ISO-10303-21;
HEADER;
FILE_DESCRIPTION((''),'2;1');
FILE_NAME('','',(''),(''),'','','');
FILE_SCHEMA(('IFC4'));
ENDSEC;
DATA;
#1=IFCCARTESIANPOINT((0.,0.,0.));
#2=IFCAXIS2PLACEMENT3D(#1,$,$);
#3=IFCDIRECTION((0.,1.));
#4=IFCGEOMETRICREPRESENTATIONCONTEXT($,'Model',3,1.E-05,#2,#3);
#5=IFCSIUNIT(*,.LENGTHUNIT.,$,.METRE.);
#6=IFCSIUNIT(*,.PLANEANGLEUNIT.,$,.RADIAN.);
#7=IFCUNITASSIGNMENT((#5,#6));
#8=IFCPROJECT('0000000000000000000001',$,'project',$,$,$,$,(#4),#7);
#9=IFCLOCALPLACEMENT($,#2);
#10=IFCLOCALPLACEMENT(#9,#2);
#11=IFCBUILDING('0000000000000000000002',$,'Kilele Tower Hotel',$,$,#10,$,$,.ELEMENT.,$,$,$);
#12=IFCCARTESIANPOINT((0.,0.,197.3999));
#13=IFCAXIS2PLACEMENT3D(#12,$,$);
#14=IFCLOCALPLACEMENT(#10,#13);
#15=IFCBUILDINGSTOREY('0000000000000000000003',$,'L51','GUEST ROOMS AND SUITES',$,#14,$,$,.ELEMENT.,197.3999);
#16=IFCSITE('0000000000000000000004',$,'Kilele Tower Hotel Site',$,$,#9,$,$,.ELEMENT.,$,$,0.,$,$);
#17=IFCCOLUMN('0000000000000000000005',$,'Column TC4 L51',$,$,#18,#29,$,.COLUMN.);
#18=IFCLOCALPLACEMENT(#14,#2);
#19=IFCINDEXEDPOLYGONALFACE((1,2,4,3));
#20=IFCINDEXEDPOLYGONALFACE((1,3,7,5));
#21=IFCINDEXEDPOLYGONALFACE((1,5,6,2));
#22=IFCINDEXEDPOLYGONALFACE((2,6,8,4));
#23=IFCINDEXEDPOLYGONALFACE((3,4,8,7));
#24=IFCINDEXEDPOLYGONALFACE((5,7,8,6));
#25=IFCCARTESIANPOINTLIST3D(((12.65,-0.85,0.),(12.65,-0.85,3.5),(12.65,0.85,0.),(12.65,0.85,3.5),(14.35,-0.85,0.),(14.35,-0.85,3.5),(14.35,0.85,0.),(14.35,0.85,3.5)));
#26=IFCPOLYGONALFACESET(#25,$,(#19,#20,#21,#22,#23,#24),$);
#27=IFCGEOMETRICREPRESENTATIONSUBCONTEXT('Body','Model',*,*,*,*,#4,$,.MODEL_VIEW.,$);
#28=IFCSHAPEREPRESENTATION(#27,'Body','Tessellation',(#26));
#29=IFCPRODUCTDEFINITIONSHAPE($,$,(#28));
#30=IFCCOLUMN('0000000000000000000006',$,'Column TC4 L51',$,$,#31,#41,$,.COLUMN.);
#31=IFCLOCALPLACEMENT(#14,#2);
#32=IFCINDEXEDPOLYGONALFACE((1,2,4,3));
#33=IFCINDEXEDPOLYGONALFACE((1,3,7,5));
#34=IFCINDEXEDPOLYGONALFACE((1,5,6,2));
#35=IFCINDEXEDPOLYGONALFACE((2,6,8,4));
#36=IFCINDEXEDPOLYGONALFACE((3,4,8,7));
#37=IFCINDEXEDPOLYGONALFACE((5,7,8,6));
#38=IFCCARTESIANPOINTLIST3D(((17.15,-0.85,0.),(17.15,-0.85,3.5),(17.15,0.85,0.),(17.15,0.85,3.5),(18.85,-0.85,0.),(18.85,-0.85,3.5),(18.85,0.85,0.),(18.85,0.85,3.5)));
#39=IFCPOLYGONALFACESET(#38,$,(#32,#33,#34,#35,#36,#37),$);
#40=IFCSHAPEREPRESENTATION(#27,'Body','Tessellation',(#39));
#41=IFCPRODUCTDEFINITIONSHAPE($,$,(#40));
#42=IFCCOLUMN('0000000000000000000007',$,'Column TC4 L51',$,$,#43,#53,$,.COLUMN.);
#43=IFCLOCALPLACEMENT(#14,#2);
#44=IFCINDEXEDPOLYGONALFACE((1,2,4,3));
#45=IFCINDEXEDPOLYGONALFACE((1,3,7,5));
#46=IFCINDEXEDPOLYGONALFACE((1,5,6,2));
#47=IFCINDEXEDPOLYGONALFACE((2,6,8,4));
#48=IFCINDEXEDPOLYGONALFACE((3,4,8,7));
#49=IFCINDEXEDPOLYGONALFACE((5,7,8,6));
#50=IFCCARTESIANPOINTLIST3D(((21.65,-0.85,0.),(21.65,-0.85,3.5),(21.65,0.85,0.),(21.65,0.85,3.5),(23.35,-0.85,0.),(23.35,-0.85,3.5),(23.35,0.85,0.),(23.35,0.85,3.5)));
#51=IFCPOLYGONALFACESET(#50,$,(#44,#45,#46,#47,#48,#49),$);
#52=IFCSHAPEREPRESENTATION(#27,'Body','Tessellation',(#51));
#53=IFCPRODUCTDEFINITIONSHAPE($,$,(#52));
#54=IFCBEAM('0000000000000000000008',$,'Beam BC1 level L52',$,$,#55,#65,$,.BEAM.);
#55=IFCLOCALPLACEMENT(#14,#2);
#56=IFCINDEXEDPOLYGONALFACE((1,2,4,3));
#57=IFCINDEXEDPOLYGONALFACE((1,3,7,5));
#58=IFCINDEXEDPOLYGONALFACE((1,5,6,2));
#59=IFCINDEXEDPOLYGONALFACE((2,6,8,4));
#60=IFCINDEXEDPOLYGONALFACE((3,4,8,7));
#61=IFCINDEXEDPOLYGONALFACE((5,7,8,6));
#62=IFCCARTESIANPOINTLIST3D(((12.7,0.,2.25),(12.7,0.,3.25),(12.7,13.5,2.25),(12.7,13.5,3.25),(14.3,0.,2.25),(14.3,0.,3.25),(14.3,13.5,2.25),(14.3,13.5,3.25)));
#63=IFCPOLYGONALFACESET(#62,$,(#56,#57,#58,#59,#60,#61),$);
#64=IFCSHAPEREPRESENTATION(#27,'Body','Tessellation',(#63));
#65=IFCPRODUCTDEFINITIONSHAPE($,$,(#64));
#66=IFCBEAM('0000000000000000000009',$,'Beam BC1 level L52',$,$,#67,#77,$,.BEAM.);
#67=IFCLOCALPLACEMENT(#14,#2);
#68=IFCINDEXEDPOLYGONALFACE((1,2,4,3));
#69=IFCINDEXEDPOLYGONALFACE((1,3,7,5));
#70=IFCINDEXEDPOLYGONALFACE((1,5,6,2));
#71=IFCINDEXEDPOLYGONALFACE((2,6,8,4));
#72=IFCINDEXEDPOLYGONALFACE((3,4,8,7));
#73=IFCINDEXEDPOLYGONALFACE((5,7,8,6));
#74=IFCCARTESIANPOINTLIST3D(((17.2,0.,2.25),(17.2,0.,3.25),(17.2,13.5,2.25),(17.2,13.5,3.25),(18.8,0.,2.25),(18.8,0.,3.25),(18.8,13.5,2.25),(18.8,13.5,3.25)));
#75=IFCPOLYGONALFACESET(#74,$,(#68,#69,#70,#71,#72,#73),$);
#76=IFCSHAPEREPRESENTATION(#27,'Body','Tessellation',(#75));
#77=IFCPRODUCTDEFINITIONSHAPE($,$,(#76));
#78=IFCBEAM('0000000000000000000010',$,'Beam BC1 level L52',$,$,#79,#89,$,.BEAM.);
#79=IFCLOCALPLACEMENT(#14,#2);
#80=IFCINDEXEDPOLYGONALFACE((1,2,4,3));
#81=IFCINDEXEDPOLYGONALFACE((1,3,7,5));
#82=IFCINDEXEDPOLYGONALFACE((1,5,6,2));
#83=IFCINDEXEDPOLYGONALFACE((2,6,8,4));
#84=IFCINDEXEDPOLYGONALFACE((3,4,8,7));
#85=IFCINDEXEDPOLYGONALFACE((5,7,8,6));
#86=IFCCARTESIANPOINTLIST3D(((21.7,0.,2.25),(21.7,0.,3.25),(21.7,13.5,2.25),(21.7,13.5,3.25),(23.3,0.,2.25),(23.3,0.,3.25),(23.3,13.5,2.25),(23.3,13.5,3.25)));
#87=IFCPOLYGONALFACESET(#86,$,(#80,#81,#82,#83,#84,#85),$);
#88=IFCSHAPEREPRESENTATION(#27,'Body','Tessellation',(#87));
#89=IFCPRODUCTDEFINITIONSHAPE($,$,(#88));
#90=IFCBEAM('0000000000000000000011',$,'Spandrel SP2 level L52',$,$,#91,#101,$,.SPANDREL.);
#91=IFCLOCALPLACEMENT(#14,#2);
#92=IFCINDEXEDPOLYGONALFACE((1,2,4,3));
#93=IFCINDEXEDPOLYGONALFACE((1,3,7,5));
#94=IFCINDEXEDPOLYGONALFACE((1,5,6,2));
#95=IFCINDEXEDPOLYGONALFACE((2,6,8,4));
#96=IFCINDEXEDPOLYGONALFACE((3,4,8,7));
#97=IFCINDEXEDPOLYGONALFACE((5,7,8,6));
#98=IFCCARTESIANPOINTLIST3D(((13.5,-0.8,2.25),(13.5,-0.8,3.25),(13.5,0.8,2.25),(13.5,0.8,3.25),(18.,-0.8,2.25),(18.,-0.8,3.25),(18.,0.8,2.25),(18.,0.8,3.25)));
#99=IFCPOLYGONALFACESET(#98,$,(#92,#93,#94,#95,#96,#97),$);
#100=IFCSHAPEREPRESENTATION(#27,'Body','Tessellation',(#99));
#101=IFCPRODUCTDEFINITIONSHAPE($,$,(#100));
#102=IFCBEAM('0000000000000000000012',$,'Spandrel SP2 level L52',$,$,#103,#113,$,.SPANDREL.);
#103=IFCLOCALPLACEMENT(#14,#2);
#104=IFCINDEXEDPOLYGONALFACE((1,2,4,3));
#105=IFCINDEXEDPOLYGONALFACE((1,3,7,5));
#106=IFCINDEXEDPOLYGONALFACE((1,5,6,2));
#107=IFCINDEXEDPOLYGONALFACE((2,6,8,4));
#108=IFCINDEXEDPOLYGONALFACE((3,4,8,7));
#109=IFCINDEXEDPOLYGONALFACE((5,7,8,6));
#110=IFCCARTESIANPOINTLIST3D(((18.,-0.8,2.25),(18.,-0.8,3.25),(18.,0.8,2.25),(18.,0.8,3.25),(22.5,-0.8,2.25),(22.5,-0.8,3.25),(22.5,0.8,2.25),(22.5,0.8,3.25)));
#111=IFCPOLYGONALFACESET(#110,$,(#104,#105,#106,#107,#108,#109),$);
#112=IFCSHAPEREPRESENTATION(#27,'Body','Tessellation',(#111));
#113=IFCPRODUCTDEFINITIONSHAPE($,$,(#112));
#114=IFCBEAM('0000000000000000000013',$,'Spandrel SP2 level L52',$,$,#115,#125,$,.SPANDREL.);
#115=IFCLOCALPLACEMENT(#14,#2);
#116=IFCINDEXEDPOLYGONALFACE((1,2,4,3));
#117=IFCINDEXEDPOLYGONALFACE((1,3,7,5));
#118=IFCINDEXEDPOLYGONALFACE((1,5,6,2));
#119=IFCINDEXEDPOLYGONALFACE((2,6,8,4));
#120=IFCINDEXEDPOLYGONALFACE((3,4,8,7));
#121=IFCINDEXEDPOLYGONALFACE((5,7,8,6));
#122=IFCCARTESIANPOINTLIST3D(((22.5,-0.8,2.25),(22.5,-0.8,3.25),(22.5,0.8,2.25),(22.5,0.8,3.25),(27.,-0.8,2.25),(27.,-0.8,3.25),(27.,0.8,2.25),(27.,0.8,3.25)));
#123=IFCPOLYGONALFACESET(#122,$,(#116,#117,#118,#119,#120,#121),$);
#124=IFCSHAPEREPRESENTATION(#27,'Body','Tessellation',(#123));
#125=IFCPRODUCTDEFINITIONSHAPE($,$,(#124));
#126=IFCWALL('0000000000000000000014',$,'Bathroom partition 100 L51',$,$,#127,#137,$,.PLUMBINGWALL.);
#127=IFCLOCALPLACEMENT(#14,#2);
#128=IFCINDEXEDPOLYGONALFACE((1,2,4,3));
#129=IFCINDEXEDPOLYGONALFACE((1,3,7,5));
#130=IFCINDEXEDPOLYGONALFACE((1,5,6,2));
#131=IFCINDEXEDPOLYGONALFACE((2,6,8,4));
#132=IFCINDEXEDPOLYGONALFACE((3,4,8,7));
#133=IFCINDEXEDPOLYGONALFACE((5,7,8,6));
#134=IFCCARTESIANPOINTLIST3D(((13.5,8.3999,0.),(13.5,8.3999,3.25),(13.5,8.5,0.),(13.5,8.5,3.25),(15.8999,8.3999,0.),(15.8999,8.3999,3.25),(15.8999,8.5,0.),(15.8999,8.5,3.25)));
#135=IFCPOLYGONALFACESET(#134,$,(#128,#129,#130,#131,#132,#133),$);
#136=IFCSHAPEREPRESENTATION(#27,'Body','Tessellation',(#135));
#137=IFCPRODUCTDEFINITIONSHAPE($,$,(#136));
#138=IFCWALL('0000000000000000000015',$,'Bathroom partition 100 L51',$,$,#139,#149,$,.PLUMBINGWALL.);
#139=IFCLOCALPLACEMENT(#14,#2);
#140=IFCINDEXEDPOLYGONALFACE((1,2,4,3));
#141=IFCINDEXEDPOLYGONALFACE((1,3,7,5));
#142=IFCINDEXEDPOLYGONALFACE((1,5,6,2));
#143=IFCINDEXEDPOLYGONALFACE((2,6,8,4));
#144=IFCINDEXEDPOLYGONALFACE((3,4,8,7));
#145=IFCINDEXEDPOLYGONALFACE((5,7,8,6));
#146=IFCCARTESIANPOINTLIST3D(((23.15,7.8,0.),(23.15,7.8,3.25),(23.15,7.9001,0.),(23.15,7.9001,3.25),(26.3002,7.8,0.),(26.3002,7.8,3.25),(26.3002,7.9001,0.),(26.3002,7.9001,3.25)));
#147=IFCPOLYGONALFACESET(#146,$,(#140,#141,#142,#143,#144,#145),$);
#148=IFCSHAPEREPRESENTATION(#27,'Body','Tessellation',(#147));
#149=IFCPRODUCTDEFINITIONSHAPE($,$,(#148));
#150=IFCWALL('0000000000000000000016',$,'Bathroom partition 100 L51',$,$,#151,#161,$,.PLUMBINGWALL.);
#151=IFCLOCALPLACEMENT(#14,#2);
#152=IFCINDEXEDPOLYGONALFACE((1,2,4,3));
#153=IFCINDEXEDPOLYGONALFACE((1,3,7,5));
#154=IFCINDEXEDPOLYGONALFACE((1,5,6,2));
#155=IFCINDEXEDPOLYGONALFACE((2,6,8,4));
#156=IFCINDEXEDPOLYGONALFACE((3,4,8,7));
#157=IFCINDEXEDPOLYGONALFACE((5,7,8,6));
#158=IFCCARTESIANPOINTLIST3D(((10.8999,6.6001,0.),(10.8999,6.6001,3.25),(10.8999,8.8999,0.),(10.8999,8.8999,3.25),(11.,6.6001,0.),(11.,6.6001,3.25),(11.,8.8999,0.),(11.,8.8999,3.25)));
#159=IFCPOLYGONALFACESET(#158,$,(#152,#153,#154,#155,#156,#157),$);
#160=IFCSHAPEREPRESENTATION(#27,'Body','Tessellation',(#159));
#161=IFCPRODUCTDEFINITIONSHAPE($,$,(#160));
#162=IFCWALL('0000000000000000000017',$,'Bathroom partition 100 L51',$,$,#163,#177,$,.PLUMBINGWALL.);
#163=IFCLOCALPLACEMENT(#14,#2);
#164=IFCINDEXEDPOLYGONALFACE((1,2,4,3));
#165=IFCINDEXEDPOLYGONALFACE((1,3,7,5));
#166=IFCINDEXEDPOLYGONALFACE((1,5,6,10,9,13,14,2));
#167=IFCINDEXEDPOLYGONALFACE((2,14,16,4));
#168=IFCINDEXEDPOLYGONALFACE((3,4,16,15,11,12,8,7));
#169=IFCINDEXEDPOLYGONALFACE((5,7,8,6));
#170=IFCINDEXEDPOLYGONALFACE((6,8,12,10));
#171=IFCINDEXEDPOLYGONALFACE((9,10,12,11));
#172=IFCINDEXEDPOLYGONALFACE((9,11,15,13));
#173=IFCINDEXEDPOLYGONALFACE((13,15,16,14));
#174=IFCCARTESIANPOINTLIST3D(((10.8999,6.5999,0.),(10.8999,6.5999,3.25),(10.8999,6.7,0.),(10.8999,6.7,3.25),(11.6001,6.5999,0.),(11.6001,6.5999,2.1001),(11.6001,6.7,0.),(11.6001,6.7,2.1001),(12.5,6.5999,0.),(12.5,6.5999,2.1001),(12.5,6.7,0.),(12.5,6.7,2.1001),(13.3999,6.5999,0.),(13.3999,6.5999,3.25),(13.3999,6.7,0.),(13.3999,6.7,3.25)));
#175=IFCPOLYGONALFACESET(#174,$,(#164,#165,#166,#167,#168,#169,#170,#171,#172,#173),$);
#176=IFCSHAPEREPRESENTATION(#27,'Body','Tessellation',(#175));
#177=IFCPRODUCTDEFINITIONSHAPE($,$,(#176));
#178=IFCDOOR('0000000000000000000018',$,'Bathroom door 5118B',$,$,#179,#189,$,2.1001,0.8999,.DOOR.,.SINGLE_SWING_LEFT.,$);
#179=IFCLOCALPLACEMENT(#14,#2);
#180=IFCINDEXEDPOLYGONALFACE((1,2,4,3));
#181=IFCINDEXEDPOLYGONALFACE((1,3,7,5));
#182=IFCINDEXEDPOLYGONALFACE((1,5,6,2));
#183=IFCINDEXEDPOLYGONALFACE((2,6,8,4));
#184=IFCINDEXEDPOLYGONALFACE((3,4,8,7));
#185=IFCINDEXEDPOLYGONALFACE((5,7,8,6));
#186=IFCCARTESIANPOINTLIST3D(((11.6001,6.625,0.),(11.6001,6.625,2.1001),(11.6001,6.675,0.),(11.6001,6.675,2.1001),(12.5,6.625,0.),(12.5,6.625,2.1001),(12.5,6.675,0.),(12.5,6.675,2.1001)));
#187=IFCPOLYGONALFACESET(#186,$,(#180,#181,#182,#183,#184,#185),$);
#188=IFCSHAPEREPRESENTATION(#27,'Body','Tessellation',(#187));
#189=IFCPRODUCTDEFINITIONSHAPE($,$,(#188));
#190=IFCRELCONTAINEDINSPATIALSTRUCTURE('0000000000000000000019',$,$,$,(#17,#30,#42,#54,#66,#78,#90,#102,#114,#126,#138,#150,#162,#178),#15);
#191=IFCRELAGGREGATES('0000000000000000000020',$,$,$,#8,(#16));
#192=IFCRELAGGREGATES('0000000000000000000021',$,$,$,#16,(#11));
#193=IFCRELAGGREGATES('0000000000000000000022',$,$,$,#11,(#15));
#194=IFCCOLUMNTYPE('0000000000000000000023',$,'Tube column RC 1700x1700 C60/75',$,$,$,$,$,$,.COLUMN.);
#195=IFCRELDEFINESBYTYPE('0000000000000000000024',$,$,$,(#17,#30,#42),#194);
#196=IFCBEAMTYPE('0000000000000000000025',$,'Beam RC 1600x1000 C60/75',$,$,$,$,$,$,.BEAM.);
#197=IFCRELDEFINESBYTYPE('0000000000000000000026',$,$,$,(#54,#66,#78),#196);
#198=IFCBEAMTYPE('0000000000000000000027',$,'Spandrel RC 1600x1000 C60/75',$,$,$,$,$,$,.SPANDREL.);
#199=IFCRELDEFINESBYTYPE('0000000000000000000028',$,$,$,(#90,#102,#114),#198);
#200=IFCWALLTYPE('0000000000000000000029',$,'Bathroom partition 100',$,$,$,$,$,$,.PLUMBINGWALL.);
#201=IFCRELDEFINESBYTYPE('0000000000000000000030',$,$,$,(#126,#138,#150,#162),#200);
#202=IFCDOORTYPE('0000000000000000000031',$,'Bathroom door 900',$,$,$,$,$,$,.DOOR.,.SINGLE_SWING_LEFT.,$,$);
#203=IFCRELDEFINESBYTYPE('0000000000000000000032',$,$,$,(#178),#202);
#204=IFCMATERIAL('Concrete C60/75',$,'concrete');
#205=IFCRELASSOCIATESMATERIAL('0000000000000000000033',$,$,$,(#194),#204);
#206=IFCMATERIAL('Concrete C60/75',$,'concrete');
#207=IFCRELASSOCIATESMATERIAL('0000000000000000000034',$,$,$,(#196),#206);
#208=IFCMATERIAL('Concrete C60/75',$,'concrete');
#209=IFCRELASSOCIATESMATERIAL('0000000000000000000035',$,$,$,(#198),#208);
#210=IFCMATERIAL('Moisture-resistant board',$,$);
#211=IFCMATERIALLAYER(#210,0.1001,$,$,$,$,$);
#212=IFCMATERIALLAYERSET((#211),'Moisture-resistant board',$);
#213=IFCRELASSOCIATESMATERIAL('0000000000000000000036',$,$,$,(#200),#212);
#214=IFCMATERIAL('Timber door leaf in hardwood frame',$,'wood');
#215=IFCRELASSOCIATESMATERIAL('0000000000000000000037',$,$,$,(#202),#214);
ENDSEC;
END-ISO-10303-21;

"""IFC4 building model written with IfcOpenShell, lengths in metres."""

from ifc_helpers import new_model, si_unit, direction, frame, frame_2d, origin, origin_2d, place, context, subcontext, project, spatial, rectangle, extrude, material, layer, layer_set, material_profile, profile_set, type_object, element, fill, save


model = new_model("IFC4")

# Units and contexts
model_context = context("Model", 3, precision=1e-05, world=origin(), true_north=direction((0.0, 1.0)))
body_context = subcontext(model_context, "Body", "Model", "MODEL_VIEW")
ifc_project = project(units=[si_unit("LENGTHUNIT", "METRE"), si_unit("PLANEANGLEUNIT", "RADIAN")], contexts=[model_context])

# Site, building, storey
site_placement = place(None, origin())
site = spatial("IfcSite", under=ifc_project, at=site_placement, Name="Kilele Tower Hotel Site", CompositionType="ELEMENT", RefElevation=0.0)
building_placement = place(site_placement, origin())
building = spatial("IfcBuilding", under=site, at=building_placement, Name="Kilele Tower Hotel", CompositionType="ELEMENT")
storey_placement = place(building_placement, frame((0.0, 0.0, 197.3999)))
storey = spatial("IfcBuildingStorey", under=building, at=storey_placement, Name="L51", Description="GUEST ROOMS AND SUITES", CompositionType="ELEMENT", Elevation=197.3999)

# Columns
ifc_material_1 = material(Name="Concrete C60/75", Category="concrete")
ifc_material_profile_1 = material_profile(ifc_material_1, rectangle(XDim=1.7, YDim=1.7, at=origin_2d()))
ifc_profile_set_1 = profile_set([ifc_material_profile_1], Name="Concrete C60/75")
column_type = type_object("IfcColumnType", Name="Tube column RC 1700x1700 C60/75", PredefinedType="COLUMN", material=ifc_profile_set_1)
for number, where, z_axis, x_axis, name in (
    (1, (13.5, 0.0, 0.0), (0.0, 0.0, 1.0), (1.0, 0.0, 0.0), "Column TC4 L51"),
    (2, (18.0, 0.0, 0.0), (0.0, 0.0, 1.0), (1.0, 0.0, 0.0), "Column TC4 L51"),
    (3, (22.5, 0.0, 0.0), (0.0, 0.0, 1.0), (1.0, 0.0, 0.0), "Column TC4 L51"),
):
    element("IfcColumn", number, at=place(storey_placement, frame(where, z_axis=z_axis, x_axis=x_axis)), inside=storey, type_object=column_type, Name=name, PredefinedType="COLUMN", context=body_context, shape_type="SweptSolid", body=[
        extrude(rectangle(XDim=1.7, YDim=1.7, at=origin_2d()), origin(), (0.0, 0.0, 1.0), 3.5),
    ])

# Beams
ifc_material_2 = material(Name="Concrete C60/75", Category="concrete")
ifc_material_profile_2 = material_profile(ifc_material_2, rectangle(XDim=1.6001, YDim=1.0, at=origin_2d()))
ifc_profile_set_2 = profile_set([ifc_material_profile_2], Name="Concrete C60/75")
beam_type_1 = type_object("IfcBeamType", Name="Beam RC 1600x1000 C60/75", PredefinedType="BEAM", material=ifc_profile_set_2)
for number, where, z_axis, x_axis, name in (
    (4, (13.5, 0.0, 2.75), (0.0, 1.0, 0.0), (-1.0, 0.0, 0.0), "Beam BC1 level L52"),
    (5, (18.0, 0.0, 2.75), (0.0, 1.0, 0.0), (-1.0, 0.0, 0.0), "Beam BC1 level L52"),
    (6, (22.5, 0.0, 2.75), (0.0, 1.0, 0.0), (-1.0, 0.0, 0.0), "Beam BC1 level L52"),
):
    element("IfcBeam", number, at=place(storey_placement, frame(where, z_axis=z_axis, x_axis=x_axis)), inside=storey, type_object=beam_type_1, Name=name, PredefinedType="BEAM", context=body_context, shape_type="SweptSolid", body=[
        extrude(rectangle(XDim=1.6001, YDim=1.0, at=origin_2d()), origin(), (0.0, 0.0, 1.0), 13.5),
    ])
ifc_material_3 = material(Name="Concrete C60/75", Category="concrete")
ifc_material_profile_3 = material_profile(ifc_material_3, rectangle(XDim=1.6001, YDim=1.0, at=origin_2d()))
ifc_profile_set_3 = profile_set([ifc_material_profile_3], Name="Concrete C60/75")
beam_type_2 = type_object("IfcBeamType", Name="Spandrel RC 1600x1000 C60/75", PredefinedType="SPANDREL", material=ifc_profile_set_3)
for number, where, z_axis, x_axis, name in (
    (7, (13.5, 0.0, 2.75), (1.0, 0.0, 0.0), (0.0, 1.0, 0.0), "Spandrel SP2 level L52"),
    (8, (18.0, 0.0, 2.75), (1.0, 0.0, 0.0), (0.0, 1.0, 0.0), "Spandrel SP2 level L52"),
    (9, (22.5, 0.0, 2.75), (1.0, 0.0, 0.0), (0.0, 1.0, 0.0), "Spandrel SP2 level L52"),
):
    element("IfcBeam", number, at=place(storey_placement, frame(where, z_axis=z_axis, x_axis=x_axis)), inside=storey, type_object=beam_type_2, Name=name, PredefinedType="SPANDREL", context=body_context, shape_type="SweptSolid", body=[
        extrude(rectangle(XDim=1.6001, YDim=1.0, at=origin_2d()), origin(), (0.0, 0.0, 1.0), 4.5),
    ])

# Walls
ifc_material_4 = material(Name="Moisture-resistant board")
ifc_layer_1 = layer(ifc_material_4, 0.1001)
ifc_layer_set_1 = layer_set([ifc_layer_1], Name="Moisture-resistant board")
wall_type_1 = type_object("IfcWallType", Name="Bathroom partition 100", PredefinedType="PLUMBINGWALL", material=ifc_layer_set_1)
wall_1_placement = place(storey_placement, frame((13.5, 8.45, 0.0), z_axis=(0.0, 0.0, 1.0), x_axis=(1.0, 0.0, 0.0)))
element("IfcWall", 10, at=wall_1_placement, inside=storey, type_object=wall_type_1, Name="Bathroom partition 100 L51", PredefinedType="PLUMBINGWALL", context=body_context, shape_type="SweptSolid", body=[
    extrude(rectangle(XDim=2.3999, YDim=0.1001, at=frame_2d((1.2, 0.0))), origin(), (0.0, 0.0, 1.0), 3.25),
])
wall_2_placement = place(storey_placement, frame((23.1499, 7.8501, 0.0), z_axis=(0.0, 0.0, 1.0), x_axis=(1.0, 0.0, 0.0)))
element("IfcWall", 11, at=wall_2_placement, inside=storey, type_object=wall_type_1, Name="Bathroom partition 100 L51", PredefinedType="PLUMBINGWALL", context=body_context, shape_type="SweptSolid", body=[
    extrude(rectangle(XDim=3.1501, YDim=0.1001, at=frame_2d((1.5752, 0.0))), origin(), (0.0, 0.0, 1.0), 3.25),
])
wall_3_placement = place(storey_placement, frame((10.95, 8.8999, 0.0), z_axis=(0.0, 0.0, 1.0), x_axis=(0.0, -1.0, 0.0)))
element("IfcWall", 12, at=wall_3_placement, inside=storey, type_object=wall_type_1, Name="Bathroom partition 100 L51", PredefinedType="PLUMBINGWALL", context=body_context, shape_type="SweptSolid", body=[
    extrude(rectangle(XDim=2.2998, YDim=0.1001, at=frame_2d((1.1499, 0.0))), origin(), (0.0, 0.0, 1.0), 3.25),
])

# Wall, opening, door
wall_4_placement = place(storey_placement, frame((13.3999, 6.6499, 0.0), z_axis=(0.0, 0.0, 1.0), x_axis=(-1.0, 0.0, 0.0)))
wall_4 = element("IfcWall", 13, at=wall_4_placement, inside=storey, type_object=wall_type_1, Name="Bathroom partition 100 L51", PredefinedType="PLUMBINGWALL", context=body_context, shape_type="SweptSolid", body=[
    extrude(rectangle(XDim=2.5, YDim=0.1001, at=frame_2d((1.25, 0.0))), origin(), (0.0, 0.0, 1.0), 3.25),
])
opening_1_placement = place(wall_4_placement, frame((0.8999, 0.0, 0.0)))
opening_1 = element("IfcOpeningElement", 14, at=opening_1_placement, cuts=wall_4, PredefinedType="OPENING", context=body_context, shape_type="SweptSolid", body=[
    extrude(rectangle(XDim=0.8999, YDim=2.1001, at=frame_2d((0.45, 1.05))), frame((0.0, 0.0601, 0.0), z_axis=(0.0, -1.0, 0.0), x_axis=(1.0, 0.0, 0.0)), (0.0, 0.0, 1.0), 0.1201),
])
ifc_material_5 = material(Name="Timber door leaf in hardwood frame", Category="wood")
door_type_1 = type_object("IfcDoorType", Name="Bathroom door 900", OperationType="SINGLE_SWING_LEFT", PredefinedType="DOOR", material=ifc_material_5)
door_1_placement = place(opening_1_placement, origin())
door_1 = element("IfcDoor", 15, at=door_1_placement, inside=storey, type_object=door_type_1, Name="Bathroom door 5118B", OperationType="SINGLE_SWING_LEFT", OverallHeight=2.1001, OverallWidth=0.8999, PredefinedType="DOOR", context=body_context, shape_type="SweptSolid", body=[
    extrude(rectangle(XDim=0.8999, YDim=2.1001, at=frame_2d((0.45, 1.05))), frame((0.0, 0.0249, 0.0), z_axis=(0.0, -1.0, 0.0), x_axis=(1.0, 0.0, 0.0)), (0.0, 0.0, 1.0), 0.05),
])
fill(opening_1, door_1)

save(model, "model.ifc")
